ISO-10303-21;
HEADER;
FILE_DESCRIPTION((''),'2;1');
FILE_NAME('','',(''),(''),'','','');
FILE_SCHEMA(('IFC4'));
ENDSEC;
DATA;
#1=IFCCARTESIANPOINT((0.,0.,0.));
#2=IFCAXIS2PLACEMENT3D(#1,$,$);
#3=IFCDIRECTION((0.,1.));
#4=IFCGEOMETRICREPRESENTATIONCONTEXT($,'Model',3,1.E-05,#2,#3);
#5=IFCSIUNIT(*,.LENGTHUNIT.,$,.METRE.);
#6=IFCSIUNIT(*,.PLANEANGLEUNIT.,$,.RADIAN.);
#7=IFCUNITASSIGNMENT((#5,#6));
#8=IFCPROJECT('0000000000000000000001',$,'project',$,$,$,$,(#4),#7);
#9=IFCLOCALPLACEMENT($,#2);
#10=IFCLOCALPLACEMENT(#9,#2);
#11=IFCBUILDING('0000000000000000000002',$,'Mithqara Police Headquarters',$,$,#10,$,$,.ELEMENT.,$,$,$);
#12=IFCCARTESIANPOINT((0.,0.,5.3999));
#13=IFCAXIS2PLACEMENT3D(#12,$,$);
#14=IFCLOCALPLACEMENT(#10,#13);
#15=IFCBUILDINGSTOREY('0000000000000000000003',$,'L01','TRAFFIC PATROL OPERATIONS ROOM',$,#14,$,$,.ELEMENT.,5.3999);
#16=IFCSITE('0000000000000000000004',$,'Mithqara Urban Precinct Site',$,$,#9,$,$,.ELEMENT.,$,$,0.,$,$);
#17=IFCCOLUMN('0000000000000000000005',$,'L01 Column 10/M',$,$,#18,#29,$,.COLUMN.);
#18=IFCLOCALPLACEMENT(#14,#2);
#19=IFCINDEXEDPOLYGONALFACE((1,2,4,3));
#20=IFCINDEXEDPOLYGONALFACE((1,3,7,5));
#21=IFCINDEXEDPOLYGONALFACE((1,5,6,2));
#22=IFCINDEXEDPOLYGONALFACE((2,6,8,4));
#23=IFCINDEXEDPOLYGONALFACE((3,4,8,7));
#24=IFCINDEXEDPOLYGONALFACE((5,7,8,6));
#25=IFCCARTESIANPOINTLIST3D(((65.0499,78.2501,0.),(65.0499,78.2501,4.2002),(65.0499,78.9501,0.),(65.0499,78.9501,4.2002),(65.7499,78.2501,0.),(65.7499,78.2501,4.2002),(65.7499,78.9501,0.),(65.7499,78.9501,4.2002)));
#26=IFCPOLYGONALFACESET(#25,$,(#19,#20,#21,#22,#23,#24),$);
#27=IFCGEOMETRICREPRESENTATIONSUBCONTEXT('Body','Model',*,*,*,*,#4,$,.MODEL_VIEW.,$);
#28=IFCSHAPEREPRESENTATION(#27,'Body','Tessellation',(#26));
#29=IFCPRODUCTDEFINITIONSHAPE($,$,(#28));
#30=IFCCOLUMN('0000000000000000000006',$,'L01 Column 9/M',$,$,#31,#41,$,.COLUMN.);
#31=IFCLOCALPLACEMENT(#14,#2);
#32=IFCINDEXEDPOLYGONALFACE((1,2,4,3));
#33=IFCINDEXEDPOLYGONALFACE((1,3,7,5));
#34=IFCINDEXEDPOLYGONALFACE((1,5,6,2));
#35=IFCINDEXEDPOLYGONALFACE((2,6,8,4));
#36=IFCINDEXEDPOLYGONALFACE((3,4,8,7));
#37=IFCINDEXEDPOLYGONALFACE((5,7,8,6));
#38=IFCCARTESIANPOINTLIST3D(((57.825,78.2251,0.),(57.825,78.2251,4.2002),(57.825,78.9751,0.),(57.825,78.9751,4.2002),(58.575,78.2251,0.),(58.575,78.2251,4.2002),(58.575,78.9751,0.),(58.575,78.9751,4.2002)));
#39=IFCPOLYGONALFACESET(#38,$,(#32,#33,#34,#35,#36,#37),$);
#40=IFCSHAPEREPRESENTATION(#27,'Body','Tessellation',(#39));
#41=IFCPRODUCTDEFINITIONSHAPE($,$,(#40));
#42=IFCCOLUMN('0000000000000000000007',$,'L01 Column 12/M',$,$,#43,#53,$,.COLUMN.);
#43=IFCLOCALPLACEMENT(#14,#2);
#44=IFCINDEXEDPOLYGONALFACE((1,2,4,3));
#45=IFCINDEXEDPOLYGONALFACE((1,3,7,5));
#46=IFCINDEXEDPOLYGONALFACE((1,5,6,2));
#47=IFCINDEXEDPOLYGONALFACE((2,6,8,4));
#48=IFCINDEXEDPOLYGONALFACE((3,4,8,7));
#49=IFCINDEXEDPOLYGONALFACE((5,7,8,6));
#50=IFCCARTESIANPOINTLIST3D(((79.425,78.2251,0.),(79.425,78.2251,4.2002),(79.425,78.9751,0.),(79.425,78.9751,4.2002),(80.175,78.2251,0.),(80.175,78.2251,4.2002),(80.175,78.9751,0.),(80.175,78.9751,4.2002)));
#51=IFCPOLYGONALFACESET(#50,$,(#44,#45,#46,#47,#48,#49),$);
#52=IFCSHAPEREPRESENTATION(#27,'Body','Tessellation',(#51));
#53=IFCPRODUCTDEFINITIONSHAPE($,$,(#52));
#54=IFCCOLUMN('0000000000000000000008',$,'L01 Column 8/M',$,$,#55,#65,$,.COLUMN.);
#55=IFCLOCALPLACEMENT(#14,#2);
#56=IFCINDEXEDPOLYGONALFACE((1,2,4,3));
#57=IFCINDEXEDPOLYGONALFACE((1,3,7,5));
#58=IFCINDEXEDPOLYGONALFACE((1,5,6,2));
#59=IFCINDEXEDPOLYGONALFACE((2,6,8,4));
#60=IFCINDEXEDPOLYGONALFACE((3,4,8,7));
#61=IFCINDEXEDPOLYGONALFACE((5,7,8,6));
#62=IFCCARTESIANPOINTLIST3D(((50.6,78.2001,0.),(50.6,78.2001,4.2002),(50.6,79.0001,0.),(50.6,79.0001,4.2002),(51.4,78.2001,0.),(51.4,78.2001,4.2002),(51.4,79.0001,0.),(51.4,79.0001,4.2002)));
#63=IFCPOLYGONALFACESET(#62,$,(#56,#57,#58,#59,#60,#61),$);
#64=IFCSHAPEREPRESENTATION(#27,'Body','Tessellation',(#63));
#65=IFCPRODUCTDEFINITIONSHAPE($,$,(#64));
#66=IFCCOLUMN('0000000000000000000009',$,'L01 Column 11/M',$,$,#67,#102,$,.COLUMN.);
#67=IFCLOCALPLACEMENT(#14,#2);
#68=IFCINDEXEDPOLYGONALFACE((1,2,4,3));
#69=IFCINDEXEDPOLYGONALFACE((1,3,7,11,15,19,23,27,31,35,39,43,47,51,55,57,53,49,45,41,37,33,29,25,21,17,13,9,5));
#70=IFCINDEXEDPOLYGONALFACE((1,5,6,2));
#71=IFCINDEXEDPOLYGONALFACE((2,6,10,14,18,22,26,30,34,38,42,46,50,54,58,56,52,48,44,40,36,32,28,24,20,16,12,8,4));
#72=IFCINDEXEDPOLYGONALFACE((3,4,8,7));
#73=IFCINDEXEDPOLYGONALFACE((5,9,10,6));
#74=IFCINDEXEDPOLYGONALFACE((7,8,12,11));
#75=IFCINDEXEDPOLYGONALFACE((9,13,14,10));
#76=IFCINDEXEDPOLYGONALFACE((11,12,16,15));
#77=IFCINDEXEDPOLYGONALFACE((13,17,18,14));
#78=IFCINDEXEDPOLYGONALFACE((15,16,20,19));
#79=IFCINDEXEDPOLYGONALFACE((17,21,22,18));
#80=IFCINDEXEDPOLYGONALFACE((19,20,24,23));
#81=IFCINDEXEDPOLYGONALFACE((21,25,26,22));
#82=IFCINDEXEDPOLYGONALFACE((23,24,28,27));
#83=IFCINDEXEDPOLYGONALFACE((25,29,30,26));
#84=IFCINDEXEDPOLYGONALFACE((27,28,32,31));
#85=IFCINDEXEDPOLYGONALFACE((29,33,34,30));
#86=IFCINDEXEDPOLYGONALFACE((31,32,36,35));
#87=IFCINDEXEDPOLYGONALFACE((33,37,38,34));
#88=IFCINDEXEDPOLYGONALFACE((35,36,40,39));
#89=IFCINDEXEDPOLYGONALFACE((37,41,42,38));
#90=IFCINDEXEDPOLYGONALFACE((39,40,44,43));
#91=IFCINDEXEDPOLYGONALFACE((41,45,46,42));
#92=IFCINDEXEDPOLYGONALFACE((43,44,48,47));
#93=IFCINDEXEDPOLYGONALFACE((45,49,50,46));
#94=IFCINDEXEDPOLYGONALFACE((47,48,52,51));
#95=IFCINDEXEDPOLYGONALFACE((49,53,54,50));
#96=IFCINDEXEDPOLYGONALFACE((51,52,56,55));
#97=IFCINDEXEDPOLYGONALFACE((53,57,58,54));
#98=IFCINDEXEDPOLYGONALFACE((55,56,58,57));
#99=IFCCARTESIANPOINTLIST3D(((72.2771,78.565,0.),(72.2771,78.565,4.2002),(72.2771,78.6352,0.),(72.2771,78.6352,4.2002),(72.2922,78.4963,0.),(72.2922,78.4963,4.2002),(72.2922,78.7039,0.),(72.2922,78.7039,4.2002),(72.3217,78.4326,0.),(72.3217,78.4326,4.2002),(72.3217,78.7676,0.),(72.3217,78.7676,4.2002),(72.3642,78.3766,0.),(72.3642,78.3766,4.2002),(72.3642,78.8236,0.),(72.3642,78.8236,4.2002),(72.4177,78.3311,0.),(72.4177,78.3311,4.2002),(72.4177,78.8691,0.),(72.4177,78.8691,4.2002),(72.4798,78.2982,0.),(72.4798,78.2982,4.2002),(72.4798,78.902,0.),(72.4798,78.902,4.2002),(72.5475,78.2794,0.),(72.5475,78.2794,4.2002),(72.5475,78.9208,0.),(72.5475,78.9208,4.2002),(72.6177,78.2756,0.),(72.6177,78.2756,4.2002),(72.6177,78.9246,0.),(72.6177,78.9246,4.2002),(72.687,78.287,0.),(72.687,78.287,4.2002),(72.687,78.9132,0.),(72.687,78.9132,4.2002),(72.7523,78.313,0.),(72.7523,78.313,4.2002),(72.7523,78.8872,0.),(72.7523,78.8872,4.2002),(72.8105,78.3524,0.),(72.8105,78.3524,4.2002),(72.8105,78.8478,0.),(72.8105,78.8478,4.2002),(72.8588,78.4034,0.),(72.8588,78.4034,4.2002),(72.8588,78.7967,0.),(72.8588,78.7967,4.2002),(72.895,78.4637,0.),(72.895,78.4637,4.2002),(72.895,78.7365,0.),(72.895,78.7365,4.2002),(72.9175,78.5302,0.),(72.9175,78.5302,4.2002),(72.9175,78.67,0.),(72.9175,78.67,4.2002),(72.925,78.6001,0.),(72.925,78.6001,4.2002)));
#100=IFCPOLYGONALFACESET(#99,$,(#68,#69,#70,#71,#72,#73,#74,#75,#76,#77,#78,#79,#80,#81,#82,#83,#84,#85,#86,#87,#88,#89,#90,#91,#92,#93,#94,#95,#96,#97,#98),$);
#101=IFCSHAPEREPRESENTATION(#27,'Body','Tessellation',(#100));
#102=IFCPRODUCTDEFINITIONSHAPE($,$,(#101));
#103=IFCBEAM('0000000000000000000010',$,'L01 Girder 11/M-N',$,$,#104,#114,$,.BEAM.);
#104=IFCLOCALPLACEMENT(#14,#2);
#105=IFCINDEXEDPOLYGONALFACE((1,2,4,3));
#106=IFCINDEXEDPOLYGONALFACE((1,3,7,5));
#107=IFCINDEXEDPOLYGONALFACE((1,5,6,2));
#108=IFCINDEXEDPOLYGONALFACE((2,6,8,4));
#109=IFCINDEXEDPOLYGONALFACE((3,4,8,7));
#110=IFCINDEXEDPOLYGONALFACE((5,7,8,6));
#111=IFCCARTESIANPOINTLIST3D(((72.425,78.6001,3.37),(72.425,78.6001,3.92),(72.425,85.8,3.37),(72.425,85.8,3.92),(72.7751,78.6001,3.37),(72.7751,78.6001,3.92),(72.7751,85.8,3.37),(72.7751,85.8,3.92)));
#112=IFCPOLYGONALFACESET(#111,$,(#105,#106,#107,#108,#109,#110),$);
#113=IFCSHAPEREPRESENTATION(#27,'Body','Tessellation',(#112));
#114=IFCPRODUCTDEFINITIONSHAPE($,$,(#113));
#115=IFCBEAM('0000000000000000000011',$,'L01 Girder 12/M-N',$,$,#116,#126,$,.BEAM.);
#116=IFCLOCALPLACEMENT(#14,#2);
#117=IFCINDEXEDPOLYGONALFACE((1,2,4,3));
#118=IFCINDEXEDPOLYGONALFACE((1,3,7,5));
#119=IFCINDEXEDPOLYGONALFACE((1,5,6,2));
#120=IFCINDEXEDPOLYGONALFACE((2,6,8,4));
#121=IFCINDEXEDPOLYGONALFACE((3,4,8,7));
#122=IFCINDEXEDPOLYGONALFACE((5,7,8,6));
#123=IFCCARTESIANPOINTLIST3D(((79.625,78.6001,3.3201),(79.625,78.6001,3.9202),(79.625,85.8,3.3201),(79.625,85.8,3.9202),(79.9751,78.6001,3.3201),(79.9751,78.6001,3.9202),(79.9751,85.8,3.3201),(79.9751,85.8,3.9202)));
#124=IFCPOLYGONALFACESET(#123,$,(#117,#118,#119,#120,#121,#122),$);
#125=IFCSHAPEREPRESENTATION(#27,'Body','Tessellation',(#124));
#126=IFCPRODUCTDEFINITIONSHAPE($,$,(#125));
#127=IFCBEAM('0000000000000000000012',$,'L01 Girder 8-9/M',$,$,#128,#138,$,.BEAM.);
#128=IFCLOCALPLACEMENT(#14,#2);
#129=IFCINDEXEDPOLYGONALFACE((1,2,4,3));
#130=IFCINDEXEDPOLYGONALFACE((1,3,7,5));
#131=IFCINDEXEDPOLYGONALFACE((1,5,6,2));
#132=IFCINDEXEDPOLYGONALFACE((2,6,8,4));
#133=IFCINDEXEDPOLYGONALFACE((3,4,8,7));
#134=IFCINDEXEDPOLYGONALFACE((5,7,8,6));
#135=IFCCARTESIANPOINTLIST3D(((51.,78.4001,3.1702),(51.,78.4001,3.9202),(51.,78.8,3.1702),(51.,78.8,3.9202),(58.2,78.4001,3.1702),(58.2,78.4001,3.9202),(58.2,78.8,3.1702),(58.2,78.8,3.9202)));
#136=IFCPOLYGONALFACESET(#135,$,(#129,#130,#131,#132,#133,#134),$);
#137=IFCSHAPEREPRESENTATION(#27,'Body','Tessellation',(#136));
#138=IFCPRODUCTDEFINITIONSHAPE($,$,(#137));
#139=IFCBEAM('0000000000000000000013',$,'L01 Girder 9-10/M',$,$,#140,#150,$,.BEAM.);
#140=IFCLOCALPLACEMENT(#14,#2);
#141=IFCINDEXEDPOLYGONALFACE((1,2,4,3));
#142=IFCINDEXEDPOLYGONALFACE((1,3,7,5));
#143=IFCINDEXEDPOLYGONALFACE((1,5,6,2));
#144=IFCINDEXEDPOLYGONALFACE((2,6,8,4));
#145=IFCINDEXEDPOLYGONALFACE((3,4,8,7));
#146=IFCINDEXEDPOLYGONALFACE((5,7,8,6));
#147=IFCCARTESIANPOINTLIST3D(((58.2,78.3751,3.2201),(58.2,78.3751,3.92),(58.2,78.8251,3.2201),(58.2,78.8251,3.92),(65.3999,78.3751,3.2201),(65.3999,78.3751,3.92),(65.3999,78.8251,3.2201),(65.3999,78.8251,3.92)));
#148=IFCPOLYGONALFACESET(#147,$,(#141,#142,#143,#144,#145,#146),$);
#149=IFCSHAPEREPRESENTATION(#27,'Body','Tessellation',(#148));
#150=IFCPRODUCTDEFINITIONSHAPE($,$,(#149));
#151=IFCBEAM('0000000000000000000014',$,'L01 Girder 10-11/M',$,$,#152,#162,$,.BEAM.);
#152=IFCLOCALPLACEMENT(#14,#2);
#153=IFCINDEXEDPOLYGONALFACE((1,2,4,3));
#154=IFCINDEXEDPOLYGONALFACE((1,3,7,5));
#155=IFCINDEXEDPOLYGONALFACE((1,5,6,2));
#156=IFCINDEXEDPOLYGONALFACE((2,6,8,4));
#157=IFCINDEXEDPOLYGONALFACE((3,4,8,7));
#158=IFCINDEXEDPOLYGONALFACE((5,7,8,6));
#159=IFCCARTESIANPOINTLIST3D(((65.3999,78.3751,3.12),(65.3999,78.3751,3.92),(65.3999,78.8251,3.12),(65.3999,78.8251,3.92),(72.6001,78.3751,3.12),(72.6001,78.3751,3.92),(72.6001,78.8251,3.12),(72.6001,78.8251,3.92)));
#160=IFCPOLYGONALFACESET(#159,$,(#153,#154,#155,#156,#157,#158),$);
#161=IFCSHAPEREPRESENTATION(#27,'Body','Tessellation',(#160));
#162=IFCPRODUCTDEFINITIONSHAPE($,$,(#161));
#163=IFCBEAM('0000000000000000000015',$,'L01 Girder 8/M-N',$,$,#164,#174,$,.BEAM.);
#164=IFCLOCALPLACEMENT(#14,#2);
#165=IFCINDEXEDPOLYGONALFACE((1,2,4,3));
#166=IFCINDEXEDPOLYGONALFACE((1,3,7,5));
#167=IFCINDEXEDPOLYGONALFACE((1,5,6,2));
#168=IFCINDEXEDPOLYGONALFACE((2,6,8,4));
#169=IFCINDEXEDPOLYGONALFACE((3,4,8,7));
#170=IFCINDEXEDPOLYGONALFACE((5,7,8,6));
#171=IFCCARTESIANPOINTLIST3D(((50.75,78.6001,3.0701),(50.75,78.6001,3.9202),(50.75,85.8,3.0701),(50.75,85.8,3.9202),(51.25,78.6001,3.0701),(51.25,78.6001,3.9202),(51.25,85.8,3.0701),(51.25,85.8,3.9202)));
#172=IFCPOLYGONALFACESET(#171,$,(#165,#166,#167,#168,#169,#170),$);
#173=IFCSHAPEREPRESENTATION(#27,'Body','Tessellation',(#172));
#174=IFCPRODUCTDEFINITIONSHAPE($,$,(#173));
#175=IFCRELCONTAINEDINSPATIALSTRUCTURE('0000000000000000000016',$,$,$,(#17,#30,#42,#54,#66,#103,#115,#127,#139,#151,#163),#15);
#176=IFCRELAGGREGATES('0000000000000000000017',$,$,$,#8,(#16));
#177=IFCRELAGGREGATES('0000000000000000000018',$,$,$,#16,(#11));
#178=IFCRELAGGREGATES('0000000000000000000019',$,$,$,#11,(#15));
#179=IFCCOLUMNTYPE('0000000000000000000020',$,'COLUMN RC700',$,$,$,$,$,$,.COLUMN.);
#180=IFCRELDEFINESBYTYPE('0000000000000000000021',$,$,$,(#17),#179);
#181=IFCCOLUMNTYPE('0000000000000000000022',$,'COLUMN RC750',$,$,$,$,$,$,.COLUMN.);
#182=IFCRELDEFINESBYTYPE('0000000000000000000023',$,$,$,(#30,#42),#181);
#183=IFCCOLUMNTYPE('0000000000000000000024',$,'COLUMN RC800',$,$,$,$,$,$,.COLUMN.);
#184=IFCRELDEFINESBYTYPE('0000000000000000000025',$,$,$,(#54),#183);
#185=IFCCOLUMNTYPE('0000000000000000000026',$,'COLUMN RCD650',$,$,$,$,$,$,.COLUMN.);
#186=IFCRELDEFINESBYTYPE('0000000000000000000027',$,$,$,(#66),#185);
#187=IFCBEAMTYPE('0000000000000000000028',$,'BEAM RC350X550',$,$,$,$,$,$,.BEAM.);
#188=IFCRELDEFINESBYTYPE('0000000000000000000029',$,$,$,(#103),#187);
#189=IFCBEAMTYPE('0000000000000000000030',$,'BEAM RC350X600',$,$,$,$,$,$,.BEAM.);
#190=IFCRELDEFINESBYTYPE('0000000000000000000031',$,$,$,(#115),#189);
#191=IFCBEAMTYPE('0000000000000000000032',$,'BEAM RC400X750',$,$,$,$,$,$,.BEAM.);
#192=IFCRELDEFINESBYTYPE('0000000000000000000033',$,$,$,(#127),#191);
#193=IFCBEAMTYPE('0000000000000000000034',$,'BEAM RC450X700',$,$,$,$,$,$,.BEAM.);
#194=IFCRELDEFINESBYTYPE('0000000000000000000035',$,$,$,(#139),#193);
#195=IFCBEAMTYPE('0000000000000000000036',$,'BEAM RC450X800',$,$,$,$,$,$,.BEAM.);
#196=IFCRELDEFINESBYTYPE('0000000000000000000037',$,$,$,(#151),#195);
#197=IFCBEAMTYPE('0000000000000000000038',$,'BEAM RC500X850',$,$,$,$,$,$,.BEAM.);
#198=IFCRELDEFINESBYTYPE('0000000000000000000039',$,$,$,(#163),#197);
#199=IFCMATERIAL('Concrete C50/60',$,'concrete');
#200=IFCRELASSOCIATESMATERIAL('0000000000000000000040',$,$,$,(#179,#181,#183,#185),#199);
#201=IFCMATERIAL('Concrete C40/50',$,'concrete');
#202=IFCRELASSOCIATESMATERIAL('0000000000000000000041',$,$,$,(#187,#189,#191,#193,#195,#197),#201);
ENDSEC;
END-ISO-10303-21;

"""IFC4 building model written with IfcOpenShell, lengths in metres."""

from ifc_helpers import new_model, si_unit, direction, frame, origin, origin_2d, place, context, subcontext, project, spatial, rectangle, circle, extrude, material, material_profile, profile_set, type_object, element, save


model = new_model("IFC4")

# Units and contexts
model_context = context("Model", 3, precision=1e-05, world=origin(), true_north=direction((0.0, 1.0)))
body_context = subcontext(model_context, "Body", "Model", "MODEL_VIEW")
ifc_project = project(units=[si_unit("LENGTHUNIT", "METRE"), si_unit("PLANEANGLEUNIT", "RADIAN")], contexts=[model_context])

# Site, building, storey
site_placement = place(None, origin())
site = spatial("IfcSite", under=ifc_project, at=site_placement, Name="Mithqara Urban Precinct Site", CompositionType="ELEMENT", RefElevation=0.0)
building_placement = place(site_placement, origin())
building = spatial("IfcBuilding", under=site, at=building_placement, Name="Mithqara Police Headquarters", CompositionType="ELEMENT")
storey_placement = place(building_placement, frame((0.0, 0.0, 5.3999)))
storey = spatial("IfcBuildingStorey", under=building, at=storey_placement, Name="L01", Description="TRAFFIC PATROL OPERATIONS ROOM", CompositionType="ELEMENT", Elevation=5.3999)

# Columns
ifc_material_1 = material(Name="Concrete C50/60", Category="concrete")
ifc_material_profile_1 = material_profile(ifc_material_1, rectangle(XDim=0.7, YDim=0.7, at=origin_2d()), Name="RC 700x700")
ifc_profile_set_1 = profile_set([ifc_material_profile_1], Name="Concrete C50/60")
column_type_1 = type_object("IfcColumnType", Name="COLUMN RC700", PredefinedType="COLUMN", material=ifc_profile_set_1)
column_1_placement = place(storey_placement, frame((65.3999, 78.6001, 0.0), z_axis=(0.0, 0.0, 1.0), x_axis=(1.0, 0.0, 0.0)))
element("IfcColumn", 1, at=column_1_placement, inside=storey, type_object=column_type_1, Name="L01 Column 10/M", PredefinedType="COLUMN", context=body_context, shape_type="SweptSolid", body=[
    extrude(rectangle(XDim=0.7, YDim=0.7, at=origin_2d()), origin(), (0.0, 0.0, 1.0), 4.2002),
])
ifc_material_profile_2 = material_profile(ifc_material_1, rectangle(XDim=0.75, YDim=0.75, at=origin_2d()), Name="RC 750x750")
ifc_profile_set_2 = profile_set([ifc_material_profile_2], Name="Concrete C50/60")
column_type_2 = type_object("IfcColumnType", Name="COLUMN RC750", PredefinedType="COLUMN", material=ifc_profile_set_2)
for number, where, z_axis, x_axis, name in (
    (2, (58.2, 78.6001, 0.0), (0.0, 0.0, 1.0), (1.0, 0.0, 0.0), "L01 Column 9/M"),
    (3, (79.8, 78.6001, 0.0), (0.0, 0.0, 1.0), (1.0, 0.0, 0.0), "L01 Column 12/M"),
):
    element("IfcColumn", number, at=place(storey_placement, frame(where, z_axis=z_axis, x_axis=x_axis)), inside=storey, type_object=column_type_2, Name=name, PredefinedType="COLUMN", context=body_context, shape_type="SweptSolid", body=[
        extrude(rectangle(XDim=0.75, YDim=0.75, at=origin_2d()), origin(), (0.0, 0.0, 1.0), 4.2002),
    ])
ifc_material_profile_3 = material_profile(ifc_material_1, rectangle(XDim=0.8, YDim=0.8, at=origin_2d()), Name="RC 800x800")
ifc_profile_set_3 = profile_set([ifc_material_profile_3], Name="Concrete C50/60")
column_type_3 = type_object("IfcColumnType", Name="COLUMN RC800", PredefinedType="COLUMN", material=ifc_profile_set_3)
column_2_placement = place(storey_placement, frame((51.0, 78.6001, 0.0), z_axis=(0.0, 0.0, 1.0), x_axis=(1.0, 0.0, 0.0)))
element("IfcColumn", 4, at=column_2_placement, inside=storey, type_object=column_type_3, Name="L01 Column 8/M", PredefinedType="COLUMN", context=body_context, shape_type="SweptSolid", body=[
    extrude(rectangle(XDim=0.8, YDim=0.8, at=origin_2d()), origin(), (0.0, 0.0, 1.0), 4.2002),
])
ifc_material_profile_4 = material_profile(ifc_material_1, circle(Radius=0.325, at=origin_2d()), Name="RCD 650")
ifc_profile_set_4 = profile_set([ifc_material_profile_4], Name="Concrete C50/60")
column_type_4 = type_object("IfcColumnType", Name="COLUMN RCD650", PredefinedType="COLUMN", material=ifc_profile_set_4)
column_3_placement = place(storey_placement, frame((72.6001, 78.6001, 0.0), z_axis=(0.0, 0.0, 1.0), x_axis=(1.0, 0.0, 0.0)))
element("IfcColumn", 5, at=column_3_placement, inside=storey, type_object=column_type_4, Name="L01 Column 11/M", PredefinedType="COLUMN", context=body_context, shape_type="SweptSolid", body=[
    extrude(circle(Radius=0.325, at=origin_2d()), origin(), (0.0, 0.0, 1.0), 4.2002),
])

# Beams
ifc_material_2 = material(Name="Concrete C40/50", Category="concrete")
ifc_material_profile_5 = material_profile(ifc_material_2, rectangle(XDim=0.3501, YDim=0.55, at=origin_2d()), Name="RC 350x550")
ifc_profile_set_5 = profile_set([ifc_material_profile_5], Name="Concrete C40/50")
beam_type_1 = type_object("IfcBeamType", Name="BEAM RC350X550", PredefinedType="BEAM", material=ifc_profile_set_5)
beam_1_placement = place(storey_placement, frame((72.6001, 78.6001, 3.645), z_axis=(0.0, 1.0, 0.0), x_axis=(-1.0, 0.0, 0.0)))
element("IfcBeam", 6, at=beam_1_placement, inside=storey, type_object=beam_type_1, Name="L01 Girder 11/M-N", PredefinedType="BEAM", context=body_context, shape_type="SweptSolid", body=[
    extrude(rectangle(XDim=0.3501, YDim=0.55, at=origin_2d()), origin(), (0.0, 0.0, 1.0), 7.2),
])
ifc_material_profile_6 = material_profile(ifc_material_2, rectangle(XDim=0.3501, YDim=0.6001, at=origin_2d()), Name="RC 350x600")
ifc_profile_set_6 = profile_set([ifc_material_profile_6], Name="Concrete C40/50")
beam_type_2 = type_object("IfcBeamType", Name="BEAM RC350X600", PredefinedType="BEAM", material=ifc_profile_set_6)
beam_2_placement = place(storey_placement, frame((79.8, 78.6001, 3.6201), z_axis=(0.0, 1.0, 0.0), x_axis=(-1.0, 0.0, 0.0)))
element("IfcBeam", 7, at=beam_2_placement, inside=storey, type_object=beam_type_2, Name="L01 Girder 12/M-N", PredefinedType="BEAM", context=body_context, shape_type="SweptSolid", body=[
    extrude(rectangle(XDim=0.3501, YDim=0.6001, at=origin_2d()), origin(), (0.0, 0.0, 1.0), 7.2),
])
ifc_material_profile_7 = material_profile(ifc_material_2, rectangle(XDim=0.3999, YDim=0.75, at=origin_2d()), Name="RC 400x750")
ifc_profile_set_7 = profile_set([ifc_material_profile_7], Name="Concrete C40/50")
beam_type_3 = type_object("IfcBeamType", Name="BEAM RC400X750", PredefinedType="BEAM", material=ifc_profile_set_7)
beam_3_placement = place(storey_placement, frame((51.0, 78.6001, 3.5452), z_axis=(1.0, 0.0, 0.0), x_axis=(0.0, 1.0, 0.0)))
element("IfcBeam", 8, at=beam_3_placement, inside=storey, type_object=beam_type_3, Name="L01 Girder 8-9/M", PredefinedType="BEAM", context=body_context, shape_type="SweptSolid", body=[
    extrude(rectangle(XDim=0.3999, YDim=0.75, at=origin_2d()), origin(), (0.0, 0.0, 1.0), 7.2),
])
ifc_material_profile_8 = material_profile(ifc_material_2, rectangle(XDim=0.45, YDim=0.7, at=origin_2d()), Name="RC 450x700")
ifc_profile_set_8 = profile_set([ifc_material_profile_8], Name="Concrete C40/50")
beam_type_4 = type_object("IfcBeamType", Name="BEAM RC450X700", PredefinedType="BEAM", material=ifc_profile_set_8)
beam_4_placement = place(storey_placement, frame((58.2, 78.6001, 3.5701), z_axis=(1.0, 0.0, 0.0), x_axis=(0.0, 1.0, 0.0)))
element("IfcBeam", 9, at=beam_4_placement, inside=storey, type_object=beam_type_4, Name="L01 Girder 9-10/M", PredefinedType="BEAM", context=body_context, shape_type="SweptSolid", body=[
    extrude(rectangle(XDim=0.45, YDim=0.7, at=origin_2d()), origin(), (0.0, 0.0, 1.0), 7.2),
])
ifc_material_profile_9 = material_profile(ifc_material_2, rectangle(XDim=0.45, YDim=0.8, at=origin_2d()), Name="RC 450x800")
ifc_profile_set_9 = profile_set([ifc_material_profile_9], Name="Concrete C40/50")
beam_type_5 = type_object("IfcBeamType", Name="BEAM RC450X800", PredefinedType="BEAM", material=ifc_profile_set_9)
beam_5_placement = place(storey_placement, frame((65.3999, 78.6001, 3.52), z_axis=(1.0, 0.0, 0.0), x_axis=(0.0, 1.0, 0.0)))
element("IfcBeam", 10, at=beam_5_placement, inside=storey, type_object=beam_type_5, Name="L01 Girder 10-11/M", PredefinedType="BEAM", context=body_context, shape_type="SweptSolid", body=[
    extrude(rectangle(XDim=0.45, YDim=0.8, at=origin_2d()), origin(), (0.0, 0.0, 1.0), 7.2002),
])
ifc_material_profile_10 = material_profile(ifc_material_2, rectangle(XDim=0.5, YDim=0.8501, at=origin_2d()), Name="RC 500x850")
ifc_profile_set_10 = profile_set([ifc_material_profile_10], Name="Concrete C40/50")
beam_type_6 = type_object("IfcBeamType", Name="BEAM RC500X850", PredefinedType="BEAM", material=ifc_profile_set_10)
for number, where, z_axis, x_axis, name in (
    (11, (51.0, 78.6001, 3.4951), (0.0, 1.0, 0.0), (-1.0, 0.0, 0.0), "L01 Girder 8/M-N"),
):
    element("IfcBeam", number, at=place(storey_placement, frame(where, z_axis=z_axis, x_axis=x_axis)), inside=storey, type_object=beam_type_6, Name=name, PredefinedType="BEAM", context=body_context, shape_type="SweptSolid", body=[
        extrude(rectangle(XDim=0.5, YDim=0.8501, at=origin_2d()), origin(), (0.0, 0.0, 1.0), 7.2),
    ])

save(model, "model.ifc")
